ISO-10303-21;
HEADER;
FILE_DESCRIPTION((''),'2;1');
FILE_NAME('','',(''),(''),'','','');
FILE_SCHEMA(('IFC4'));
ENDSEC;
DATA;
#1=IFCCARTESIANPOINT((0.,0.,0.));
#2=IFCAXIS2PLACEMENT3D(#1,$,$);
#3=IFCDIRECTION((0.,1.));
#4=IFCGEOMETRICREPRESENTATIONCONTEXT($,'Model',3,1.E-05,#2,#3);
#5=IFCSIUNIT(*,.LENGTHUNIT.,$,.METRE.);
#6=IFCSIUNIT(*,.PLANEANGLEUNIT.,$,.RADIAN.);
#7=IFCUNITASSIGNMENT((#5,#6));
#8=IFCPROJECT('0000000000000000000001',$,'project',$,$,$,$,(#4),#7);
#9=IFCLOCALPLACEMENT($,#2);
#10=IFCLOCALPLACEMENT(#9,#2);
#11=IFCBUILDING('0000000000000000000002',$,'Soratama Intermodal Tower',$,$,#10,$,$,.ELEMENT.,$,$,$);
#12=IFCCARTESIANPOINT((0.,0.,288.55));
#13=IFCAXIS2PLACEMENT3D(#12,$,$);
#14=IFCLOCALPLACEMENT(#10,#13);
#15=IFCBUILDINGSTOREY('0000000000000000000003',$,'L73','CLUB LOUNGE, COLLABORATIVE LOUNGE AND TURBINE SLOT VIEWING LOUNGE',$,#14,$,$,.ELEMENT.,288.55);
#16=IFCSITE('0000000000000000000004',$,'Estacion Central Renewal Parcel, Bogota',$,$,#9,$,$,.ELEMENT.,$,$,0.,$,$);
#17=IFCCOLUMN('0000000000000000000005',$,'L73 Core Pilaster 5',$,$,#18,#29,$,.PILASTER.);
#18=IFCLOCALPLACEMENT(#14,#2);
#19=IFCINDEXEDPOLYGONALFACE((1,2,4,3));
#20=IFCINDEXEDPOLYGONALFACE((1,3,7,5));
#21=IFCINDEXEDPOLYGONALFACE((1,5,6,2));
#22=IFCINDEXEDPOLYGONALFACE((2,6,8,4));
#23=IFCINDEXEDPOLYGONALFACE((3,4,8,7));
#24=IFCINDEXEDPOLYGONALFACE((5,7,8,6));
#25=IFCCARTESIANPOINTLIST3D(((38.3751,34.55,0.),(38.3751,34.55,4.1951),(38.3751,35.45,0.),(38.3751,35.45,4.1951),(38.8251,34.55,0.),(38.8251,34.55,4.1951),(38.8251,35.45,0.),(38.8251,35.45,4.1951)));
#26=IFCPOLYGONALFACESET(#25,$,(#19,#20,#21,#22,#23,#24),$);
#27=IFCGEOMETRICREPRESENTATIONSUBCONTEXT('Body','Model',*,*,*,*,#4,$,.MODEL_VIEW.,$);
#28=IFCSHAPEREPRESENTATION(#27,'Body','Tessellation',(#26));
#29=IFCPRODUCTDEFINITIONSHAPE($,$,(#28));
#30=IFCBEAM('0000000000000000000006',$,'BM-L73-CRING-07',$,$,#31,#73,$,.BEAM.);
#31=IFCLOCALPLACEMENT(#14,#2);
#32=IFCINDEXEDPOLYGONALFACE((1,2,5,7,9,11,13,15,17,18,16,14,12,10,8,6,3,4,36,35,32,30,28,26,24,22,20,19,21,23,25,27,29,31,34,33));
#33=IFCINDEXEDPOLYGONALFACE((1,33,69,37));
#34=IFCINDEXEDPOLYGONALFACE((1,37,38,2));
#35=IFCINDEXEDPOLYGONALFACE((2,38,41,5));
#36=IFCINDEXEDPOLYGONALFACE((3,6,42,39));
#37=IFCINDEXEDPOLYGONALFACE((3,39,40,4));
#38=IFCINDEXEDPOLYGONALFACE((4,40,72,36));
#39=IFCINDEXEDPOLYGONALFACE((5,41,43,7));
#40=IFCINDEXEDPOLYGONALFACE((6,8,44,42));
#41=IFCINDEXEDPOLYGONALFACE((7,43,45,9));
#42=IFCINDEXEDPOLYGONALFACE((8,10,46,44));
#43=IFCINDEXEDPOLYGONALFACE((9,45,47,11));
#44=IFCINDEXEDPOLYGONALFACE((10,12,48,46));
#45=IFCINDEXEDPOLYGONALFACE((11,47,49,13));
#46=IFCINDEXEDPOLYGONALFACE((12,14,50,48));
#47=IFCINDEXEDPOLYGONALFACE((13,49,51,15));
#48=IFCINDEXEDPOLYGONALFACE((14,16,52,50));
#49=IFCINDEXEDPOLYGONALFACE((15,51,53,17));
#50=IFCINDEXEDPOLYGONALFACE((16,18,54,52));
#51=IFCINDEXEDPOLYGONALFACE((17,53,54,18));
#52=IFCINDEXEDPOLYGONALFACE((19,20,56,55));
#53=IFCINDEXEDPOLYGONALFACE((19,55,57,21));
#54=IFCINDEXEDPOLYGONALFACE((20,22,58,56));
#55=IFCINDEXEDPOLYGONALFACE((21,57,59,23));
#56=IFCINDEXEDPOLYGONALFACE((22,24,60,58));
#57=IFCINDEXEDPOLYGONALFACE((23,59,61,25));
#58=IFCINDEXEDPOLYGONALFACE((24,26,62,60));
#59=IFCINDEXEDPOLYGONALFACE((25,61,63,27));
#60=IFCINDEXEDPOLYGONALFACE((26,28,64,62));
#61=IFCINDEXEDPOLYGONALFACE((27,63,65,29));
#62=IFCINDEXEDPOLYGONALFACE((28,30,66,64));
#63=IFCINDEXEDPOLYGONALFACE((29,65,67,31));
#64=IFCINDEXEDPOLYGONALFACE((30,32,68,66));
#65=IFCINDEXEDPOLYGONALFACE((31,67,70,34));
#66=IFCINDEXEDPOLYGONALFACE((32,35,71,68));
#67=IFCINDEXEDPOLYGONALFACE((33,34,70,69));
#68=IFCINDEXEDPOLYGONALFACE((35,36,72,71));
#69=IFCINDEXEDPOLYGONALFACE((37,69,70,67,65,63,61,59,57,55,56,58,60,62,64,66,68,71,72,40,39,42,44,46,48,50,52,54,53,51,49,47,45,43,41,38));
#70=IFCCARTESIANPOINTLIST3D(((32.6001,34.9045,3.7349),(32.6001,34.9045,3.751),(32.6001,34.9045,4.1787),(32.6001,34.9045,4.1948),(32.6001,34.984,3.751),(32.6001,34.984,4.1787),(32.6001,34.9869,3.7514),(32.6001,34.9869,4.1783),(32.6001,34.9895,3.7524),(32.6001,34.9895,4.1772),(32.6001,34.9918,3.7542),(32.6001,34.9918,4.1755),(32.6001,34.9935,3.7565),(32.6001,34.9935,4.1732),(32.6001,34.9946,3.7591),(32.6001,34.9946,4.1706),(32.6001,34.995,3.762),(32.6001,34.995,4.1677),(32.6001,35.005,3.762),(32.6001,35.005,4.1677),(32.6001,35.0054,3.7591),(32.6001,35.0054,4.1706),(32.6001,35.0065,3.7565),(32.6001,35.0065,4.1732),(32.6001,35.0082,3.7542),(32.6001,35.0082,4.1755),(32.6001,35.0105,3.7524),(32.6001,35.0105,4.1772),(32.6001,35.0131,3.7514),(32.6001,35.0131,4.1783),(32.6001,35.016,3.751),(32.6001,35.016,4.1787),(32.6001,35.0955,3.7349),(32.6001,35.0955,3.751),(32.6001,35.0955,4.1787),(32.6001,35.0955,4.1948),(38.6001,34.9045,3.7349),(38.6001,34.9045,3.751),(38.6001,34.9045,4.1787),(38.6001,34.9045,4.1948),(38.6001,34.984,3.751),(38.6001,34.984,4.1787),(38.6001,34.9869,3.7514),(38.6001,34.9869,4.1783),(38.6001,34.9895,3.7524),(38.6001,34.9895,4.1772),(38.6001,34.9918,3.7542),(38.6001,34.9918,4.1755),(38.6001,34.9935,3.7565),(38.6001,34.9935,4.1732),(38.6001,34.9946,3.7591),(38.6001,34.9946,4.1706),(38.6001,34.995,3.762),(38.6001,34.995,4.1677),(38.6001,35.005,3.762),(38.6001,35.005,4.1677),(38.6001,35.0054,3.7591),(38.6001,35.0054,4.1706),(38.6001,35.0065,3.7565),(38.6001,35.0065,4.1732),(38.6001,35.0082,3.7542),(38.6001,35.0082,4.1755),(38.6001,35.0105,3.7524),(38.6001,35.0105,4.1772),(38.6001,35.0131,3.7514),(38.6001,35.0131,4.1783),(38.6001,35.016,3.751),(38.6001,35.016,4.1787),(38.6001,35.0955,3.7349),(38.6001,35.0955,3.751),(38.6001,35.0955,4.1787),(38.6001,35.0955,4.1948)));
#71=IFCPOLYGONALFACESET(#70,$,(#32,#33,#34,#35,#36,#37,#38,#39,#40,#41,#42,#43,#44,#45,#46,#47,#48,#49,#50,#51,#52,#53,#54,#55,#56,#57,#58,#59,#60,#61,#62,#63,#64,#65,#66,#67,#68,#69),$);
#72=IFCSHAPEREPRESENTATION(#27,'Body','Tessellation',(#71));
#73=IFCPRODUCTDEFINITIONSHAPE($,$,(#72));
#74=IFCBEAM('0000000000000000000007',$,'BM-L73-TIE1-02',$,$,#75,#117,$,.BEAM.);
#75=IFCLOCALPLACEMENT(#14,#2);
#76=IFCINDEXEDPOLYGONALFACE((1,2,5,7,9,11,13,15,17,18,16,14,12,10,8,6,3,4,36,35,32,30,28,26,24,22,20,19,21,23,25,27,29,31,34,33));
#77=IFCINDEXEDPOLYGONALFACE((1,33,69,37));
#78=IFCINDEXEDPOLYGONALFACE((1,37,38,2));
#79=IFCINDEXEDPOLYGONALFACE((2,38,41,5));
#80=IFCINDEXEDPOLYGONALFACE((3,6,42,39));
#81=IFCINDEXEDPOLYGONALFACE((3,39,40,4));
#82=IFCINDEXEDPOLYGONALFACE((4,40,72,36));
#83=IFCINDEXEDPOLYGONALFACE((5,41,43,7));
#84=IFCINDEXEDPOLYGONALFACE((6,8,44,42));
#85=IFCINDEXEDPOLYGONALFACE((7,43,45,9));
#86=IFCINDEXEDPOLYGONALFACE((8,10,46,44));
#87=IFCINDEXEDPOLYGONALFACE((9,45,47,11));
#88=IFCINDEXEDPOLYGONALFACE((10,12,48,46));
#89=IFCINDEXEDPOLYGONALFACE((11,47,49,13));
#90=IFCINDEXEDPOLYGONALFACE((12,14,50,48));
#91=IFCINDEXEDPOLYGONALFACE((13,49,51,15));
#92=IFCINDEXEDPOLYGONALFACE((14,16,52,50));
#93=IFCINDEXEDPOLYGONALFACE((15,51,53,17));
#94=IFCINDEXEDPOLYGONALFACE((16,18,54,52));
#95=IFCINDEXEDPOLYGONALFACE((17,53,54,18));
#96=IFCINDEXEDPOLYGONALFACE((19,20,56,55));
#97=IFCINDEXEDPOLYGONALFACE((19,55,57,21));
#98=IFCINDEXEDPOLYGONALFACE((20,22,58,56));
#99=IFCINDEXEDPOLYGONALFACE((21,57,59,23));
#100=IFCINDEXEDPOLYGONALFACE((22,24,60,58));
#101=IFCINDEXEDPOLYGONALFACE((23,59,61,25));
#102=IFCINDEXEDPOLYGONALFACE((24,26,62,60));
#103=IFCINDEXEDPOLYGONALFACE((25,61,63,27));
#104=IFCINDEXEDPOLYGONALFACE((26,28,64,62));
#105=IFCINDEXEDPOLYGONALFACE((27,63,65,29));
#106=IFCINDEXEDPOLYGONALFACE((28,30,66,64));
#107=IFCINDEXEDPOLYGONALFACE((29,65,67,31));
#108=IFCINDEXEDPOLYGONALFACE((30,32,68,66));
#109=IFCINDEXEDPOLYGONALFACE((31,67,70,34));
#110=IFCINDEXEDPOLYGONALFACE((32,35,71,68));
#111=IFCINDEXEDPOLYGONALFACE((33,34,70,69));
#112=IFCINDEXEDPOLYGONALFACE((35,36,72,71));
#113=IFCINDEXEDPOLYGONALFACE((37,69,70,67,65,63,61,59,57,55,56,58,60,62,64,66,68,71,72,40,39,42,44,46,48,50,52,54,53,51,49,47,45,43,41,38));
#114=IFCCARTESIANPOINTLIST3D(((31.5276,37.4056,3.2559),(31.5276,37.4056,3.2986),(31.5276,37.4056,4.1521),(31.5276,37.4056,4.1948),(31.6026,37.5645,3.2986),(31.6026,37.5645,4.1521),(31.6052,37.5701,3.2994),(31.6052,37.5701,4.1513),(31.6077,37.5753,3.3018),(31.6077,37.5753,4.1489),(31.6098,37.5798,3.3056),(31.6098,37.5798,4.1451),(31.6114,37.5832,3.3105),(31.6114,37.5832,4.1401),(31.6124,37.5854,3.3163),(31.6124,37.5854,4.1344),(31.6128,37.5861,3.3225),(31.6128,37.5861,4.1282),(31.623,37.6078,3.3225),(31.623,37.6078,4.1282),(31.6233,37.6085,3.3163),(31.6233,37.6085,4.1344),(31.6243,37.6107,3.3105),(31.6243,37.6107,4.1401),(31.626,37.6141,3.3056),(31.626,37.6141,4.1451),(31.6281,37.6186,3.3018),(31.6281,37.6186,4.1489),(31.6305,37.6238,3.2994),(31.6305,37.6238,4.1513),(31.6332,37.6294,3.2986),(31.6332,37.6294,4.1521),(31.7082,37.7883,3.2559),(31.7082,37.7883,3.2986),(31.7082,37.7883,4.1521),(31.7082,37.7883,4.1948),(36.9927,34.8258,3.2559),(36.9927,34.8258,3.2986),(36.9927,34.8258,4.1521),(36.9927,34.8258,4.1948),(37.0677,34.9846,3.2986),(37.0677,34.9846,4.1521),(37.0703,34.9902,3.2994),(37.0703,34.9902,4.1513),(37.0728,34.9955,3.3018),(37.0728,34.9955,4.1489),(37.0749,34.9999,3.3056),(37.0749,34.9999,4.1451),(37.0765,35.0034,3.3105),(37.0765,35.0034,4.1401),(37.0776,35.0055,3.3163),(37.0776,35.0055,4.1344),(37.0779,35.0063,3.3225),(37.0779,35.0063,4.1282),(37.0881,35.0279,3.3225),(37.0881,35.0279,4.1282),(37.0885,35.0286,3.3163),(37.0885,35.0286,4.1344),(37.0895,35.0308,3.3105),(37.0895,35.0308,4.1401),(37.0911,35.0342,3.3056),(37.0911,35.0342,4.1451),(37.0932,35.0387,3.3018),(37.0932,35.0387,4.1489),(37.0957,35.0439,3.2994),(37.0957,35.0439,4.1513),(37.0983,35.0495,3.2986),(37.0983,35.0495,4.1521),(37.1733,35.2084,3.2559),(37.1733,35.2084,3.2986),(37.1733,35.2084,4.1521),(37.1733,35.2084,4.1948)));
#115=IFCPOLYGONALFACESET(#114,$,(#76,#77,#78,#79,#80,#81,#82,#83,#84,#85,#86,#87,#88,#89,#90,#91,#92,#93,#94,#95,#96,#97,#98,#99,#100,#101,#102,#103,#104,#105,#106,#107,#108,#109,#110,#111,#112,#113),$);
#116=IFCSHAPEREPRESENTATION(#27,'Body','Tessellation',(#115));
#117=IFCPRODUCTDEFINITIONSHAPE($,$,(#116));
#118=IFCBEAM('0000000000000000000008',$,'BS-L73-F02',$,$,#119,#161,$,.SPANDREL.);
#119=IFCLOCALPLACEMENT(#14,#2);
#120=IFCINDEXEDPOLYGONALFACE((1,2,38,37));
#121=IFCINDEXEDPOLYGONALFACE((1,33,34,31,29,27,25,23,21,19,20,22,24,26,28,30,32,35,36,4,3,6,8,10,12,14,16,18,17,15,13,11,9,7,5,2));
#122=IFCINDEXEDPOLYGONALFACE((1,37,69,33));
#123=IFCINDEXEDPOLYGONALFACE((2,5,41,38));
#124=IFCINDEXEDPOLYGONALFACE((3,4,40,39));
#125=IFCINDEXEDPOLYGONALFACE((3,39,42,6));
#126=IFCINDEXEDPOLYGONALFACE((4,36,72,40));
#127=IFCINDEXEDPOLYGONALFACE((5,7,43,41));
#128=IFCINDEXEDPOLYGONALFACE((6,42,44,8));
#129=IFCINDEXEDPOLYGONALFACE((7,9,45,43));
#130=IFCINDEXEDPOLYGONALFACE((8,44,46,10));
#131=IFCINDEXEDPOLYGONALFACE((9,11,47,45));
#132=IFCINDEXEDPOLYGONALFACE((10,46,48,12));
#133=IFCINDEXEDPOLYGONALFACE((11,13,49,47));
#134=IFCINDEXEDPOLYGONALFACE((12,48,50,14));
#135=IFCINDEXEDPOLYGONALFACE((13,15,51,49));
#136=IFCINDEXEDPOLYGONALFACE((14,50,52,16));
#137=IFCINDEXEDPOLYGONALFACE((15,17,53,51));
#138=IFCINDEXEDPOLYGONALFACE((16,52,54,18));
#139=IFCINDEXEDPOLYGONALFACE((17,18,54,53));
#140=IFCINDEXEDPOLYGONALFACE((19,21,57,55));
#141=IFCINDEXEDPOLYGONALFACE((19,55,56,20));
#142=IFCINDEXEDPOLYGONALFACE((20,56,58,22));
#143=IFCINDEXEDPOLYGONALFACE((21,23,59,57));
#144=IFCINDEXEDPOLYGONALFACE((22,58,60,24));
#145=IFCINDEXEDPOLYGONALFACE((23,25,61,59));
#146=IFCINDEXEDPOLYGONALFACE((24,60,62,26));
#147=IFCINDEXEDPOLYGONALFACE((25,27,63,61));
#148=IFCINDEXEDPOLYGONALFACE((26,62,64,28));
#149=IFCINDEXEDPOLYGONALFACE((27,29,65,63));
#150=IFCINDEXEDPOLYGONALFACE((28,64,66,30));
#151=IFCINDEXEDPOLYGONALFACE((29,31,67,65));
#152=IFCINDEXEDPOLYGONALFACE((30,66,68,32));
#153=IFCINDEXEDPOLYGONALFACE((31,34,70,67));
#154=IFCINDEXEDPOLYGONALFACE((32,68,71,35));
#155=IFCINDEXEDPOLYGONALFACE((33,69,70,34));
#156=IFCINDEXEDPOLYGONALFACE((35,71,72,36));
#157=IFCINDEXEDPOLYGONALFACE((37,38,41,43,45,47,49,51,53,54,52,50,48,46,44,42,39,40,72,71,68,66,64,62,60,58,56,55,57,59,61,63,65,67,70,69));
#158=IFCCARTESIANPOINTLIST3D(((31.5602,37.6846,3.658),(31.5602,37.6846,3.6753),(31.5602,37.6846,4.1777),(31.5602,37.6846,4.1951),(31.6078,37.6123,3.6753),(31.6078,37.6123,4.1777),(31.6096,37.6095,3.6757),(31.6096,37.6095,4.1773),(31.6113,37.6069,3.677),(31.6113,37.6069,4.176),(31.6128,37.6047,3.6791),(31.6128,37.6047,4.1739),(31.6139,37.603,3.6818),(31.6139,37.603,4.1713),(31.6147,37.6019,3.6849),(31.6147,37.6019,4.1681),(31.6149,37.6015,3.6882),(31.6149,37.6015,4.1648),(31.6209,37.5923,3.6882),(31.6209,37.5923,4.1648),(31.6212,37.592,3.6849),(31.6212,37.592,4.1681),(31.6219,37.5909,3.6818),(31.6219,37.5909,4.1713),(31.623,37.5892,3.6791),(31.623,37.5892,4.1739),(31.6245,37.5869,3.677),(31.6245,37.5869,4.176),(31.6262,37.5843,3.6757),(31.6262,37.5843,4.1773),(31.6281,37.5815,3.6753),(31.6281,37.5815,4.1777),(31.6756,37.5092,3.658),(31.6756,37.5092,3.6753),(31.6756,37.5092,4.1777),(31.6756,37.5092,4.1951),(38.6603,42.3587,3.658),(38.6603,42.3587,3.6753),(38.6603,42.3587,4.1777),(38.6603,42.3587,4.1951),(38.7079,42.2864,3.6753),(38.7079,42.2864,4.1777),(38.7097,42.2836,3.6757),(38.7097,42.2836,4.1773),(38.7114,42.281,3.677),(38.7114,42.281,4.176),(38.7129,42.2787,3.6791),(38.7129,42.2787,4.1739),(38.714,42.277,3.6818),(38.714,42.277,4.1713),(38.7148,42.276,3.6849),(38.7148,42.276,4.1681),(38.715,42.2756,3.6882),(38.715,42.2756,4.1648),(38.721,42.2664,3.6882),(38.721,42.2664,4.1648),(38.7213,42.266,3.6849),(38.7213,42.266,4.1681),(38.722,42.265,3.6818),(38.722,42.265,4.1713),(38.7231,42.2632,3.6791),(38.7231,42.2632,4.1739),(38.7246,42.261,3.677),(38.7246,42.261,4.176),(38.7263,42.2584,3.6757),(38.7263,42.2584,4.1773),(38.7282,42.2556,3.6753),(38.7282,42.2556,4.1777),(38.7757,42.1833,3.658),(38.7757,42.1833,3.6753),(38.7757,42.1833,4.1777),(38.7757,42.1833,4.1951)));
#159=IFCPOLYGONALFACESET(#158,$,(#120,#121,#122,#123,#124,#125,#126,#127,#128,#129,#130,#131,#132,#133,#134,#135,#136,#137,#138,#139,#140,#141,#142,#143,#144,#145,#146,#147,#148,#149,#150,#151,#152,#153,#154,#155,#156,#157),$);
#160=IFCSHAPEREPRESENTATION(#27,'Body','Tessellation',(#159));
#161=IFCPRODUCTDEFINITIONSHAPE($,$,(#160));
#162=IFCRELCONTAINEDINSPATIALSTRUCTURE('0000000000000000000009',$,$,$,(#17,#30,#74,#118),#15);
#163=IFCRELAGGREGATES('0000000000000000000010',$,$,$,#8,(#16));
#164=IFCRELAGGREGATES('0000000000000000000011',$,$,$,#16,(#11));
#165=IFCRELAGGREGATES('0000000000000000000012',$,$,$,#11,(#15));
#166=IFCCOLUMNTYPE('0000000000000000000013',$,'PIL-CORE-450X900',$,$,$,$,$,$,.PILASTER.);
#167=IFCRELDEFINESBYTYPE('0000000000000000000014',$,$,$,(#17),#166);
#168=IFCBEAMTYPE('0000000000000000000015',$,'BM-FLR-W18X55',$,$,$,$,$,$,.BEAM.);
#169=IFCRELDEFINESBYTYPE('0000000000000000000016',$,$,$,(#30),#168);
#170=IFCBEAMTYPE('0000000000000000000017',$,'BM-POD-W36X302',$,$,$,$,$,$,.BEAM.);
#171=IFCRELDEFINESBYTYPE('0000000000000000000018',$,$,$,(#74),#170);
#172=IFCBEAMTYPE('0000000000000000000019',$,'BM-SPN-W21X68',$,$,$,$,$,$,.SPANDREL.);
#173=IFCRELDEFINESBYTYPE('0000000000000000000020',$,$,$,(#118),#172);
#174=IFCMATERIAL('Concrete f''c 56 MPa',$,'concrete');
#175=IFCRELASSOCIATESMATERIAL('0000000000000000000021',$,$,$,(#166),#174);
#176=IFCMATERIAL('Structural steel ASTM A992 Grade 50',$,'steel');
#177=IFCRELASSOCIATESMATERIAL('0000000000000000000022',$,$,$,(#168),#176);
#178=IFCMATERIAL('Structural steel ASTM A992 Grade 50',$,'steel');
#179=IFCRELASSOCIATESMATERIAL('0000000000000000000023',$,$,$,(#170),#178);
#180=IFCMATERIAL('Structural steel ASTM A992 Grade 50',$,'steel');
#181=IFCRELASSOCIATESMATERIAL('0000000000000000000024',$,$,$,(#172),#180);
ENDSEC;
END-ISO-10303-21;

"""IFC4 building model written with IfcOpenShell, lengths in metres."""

from ifc_helpers import new_model, si_unit, direction, frame, origin, origin_2d, place, context, subcontext, project, spatial, rectangle, i_section, extrude, material, material_profile, profile_set, type_object, element, save


model = new_model("IFC4")

# Units and contexts
model_context = context("Model", 3, precision=1e-05, world=origin(), true_north=direction((0.0, 1.0)))
body_context = subcontext(model_context, "Body", "Model", "MODEL_VIEW")
ifc_project = project(units=[si_unit("LENGTHUNIT", "METRE"), si_unit("PLANEANGLEUNIT", "RADIAN")], contexts=[model_context])

# Site, building, storey
site_placement = place(None, origin())
site = spatial("IfcSite", under=ifc_project, at=site_placement, Name="Estacion Central Renewal Parcel, Bogota", CompositionType="ELEMENT", RefElevation=0.0)
building_placement = place(site_placement, origin())
building = spatial("IfcBuilding", under=site, at=building_placement, Name="Soratama Intermodal Tower", CompositionType="ELEMENT")
storey_placement = place(building_placement, frame((0.0, 0.0, 288.55)))
storey = spatial("IfcBuildingStorey", under=building, at=storey_placement, Name="L73", Description="CLUB LOUNGE, COLLABORATIVE LOUNGE AND TURBINE SLOT VIEWING LOUNGE", CompositionType="ELEMENT", Elevation=288.55)

# Column
ifc_material_1 = material(Name="Concrete f'c 56 MPa", Category="concrete")
ifc_material_profile_1 = material_profile(ifc_material_1, rectangle(XDim=0.45, YDim=0.8999, at=origin_2d()), Name="RC450X900")
ifc_profile_set_1 = profile_set([ifc_material_profile_1], Name="Concrete f'c 56 MPa")
column_type = type_object("IfcColumnType", Name="PIL-CORE-450X900", PredefinedType="PILASTER", material=ifc_profile_set_1)
column_placement = place(storey_placement, frame((38.6001, 35.0, 0.0), z_axis=(0.0, 0.0, 1.0), x_axis=(1.0, 0.0, 0.0)))
element("IfcColumn", 1, at=column_placement, inside=storey, type_object=column_type, Name="L73 Core Pilaster 5", PredefinedType="PILASTER", context=body_context, shape_type="SweptSolid", body=[
    extrude(rectangle(XDim=0.45, YDim=0.8999, at=origin_2d()), origin(), (0.0, 0.0, 1.0), 4.1951),
])

# Beams
ifc_material_2 = material(Name="Structural steel ASTM A992 Grade 50", Category="steel")
ifc_material_profile_2 = material_profile(ifc_material_2, i_section(OverallWidth=0.1909, OverallDepth=0.46, WebThickness=0.01, FlangeThickness=0.0161, FilletRadius=0.011, at=origin_2d()), Name="W18X55")
ifc_profile_set_2 = profile_set([ifc_material_profile_2], Name="Structural steel ASTM A992 Grade 50")
beam_type_1 = type_object("IfcBeamType", Name="BM-FLR-W18X55", PredefinedType="BEAM", material=ifc_profile_set_2)
beam_1_placement = place(storey_placement, frame((38.6001, 35.0, 3.9648), z_axis=(-1.0, 0.0, 0.0), x_axis=(0.0, -1.0, 0.0)))
element("IfcBeam", 2, at=beam_1_placement, inside=storey, type_object=beam_type_1, Name="BM-L73-CRING-07", PredefinedType="BEAM", context=body_context, shape_type="SweptSolid", body=[
    extrude(i_section(OverallWidth=0.1909, OverallDepth=0.46, WebThickness=0.01, FlangeThickness=0.0161, FilletRadius=0.011, at=origin_2d()), origin(), (0.0, 0.0, 1.0), 6.0),
])
ifc_material_3 = material(Name="Structural steel ASTM A992 Grade 50", Category="steel")
ifc_material_profile_3 = material_profile(ifc_material_3, i_section(OverallWidth=0.4231, OverallDepth=0.939, WebThickness=0.0239, FlangeThickness=0.0427, FilletRadius=0.0239, at=origin_2d()), Name="W36X302")
ifc_profile_set_3 = profile_set([ifc_material_profile_3], Name="Structural steel ASTM A992 Grade 50")
beam_type_2 = type_object("IfcBeamType", Name="BM-POD-W36X302", PredefinedType="BEAM", material=ifc_profile_set_3)
beam_2_placement = place(storey_placement, frame((37.083, 35.0171, 3.7253), z_axis=(-0.904306, 0.426884, 0.0), x_axis=(-0.426884, -0.904306, 0.0)))
element("IfcBeam", 3, at=beam_2_placement, inside=storey, type_object=beam_type_2, Name="BM-L73-TIE1-02", PredefinedType="BEAM", context=body_context, shape_type="SweptSolid", body=[
    extrude(i_section(OverallWidth=0.4231, OverallDepth=0.939, WebThickness=0.0239, FlangeThickness=0.0427, FilletRadius=0.0239, at=origin_2d()), origin(), (0.0, 0.0, 1.0), 6.0435),
])
ifc_material_4 = material(Name="Structural steel ASTM A992 Grade 50", Category="steel")
ifc_material_profile_4 = material_profile(ifc_material_4, i_section(OverallWidth=0.21, OverallDepth=0.5371, WebThickness=0.011, FlangeThickness=0.0173, FilletRadius=0.0129, at=origin_2d()), Name="W21X68")
ifc_profile_set_4 = profile_set([ifc_material_profile_4], Name="Structural steel ASTM A992 Grade 50")
beam_type_3 = type_object("IfcBeamType", Name="BM-SPN-W21X68", PredefinedType="SPANDREL", material=ifc_profile_set_4)
beam_3_placement = place(storey_placement, frame((38.718, 42.271, 3.9265), z_axis=(-0.835257, -0.549859, 0.0), x_axis=(0.549859, -0.835257, 0.0)))
element("IfcBeam", 4, at=beam_3_placement, inside=storey, type_object=beam_type_3, Name="BS-L73-F02", PredefinedType="SPANDREL", context=body_context, shape_type="SweptSolid", body=[
    extrude(i_section(OverallWidth=0.21, OverallDepth=0.5371, WebThickness=0.011, FlangeThickness=0.0173, FilletRadius=0.0129, at=origin_2d()), origin(), (0.0, 0.0, 1.0), 8.5005),
])

save(model, "model.ifc")
